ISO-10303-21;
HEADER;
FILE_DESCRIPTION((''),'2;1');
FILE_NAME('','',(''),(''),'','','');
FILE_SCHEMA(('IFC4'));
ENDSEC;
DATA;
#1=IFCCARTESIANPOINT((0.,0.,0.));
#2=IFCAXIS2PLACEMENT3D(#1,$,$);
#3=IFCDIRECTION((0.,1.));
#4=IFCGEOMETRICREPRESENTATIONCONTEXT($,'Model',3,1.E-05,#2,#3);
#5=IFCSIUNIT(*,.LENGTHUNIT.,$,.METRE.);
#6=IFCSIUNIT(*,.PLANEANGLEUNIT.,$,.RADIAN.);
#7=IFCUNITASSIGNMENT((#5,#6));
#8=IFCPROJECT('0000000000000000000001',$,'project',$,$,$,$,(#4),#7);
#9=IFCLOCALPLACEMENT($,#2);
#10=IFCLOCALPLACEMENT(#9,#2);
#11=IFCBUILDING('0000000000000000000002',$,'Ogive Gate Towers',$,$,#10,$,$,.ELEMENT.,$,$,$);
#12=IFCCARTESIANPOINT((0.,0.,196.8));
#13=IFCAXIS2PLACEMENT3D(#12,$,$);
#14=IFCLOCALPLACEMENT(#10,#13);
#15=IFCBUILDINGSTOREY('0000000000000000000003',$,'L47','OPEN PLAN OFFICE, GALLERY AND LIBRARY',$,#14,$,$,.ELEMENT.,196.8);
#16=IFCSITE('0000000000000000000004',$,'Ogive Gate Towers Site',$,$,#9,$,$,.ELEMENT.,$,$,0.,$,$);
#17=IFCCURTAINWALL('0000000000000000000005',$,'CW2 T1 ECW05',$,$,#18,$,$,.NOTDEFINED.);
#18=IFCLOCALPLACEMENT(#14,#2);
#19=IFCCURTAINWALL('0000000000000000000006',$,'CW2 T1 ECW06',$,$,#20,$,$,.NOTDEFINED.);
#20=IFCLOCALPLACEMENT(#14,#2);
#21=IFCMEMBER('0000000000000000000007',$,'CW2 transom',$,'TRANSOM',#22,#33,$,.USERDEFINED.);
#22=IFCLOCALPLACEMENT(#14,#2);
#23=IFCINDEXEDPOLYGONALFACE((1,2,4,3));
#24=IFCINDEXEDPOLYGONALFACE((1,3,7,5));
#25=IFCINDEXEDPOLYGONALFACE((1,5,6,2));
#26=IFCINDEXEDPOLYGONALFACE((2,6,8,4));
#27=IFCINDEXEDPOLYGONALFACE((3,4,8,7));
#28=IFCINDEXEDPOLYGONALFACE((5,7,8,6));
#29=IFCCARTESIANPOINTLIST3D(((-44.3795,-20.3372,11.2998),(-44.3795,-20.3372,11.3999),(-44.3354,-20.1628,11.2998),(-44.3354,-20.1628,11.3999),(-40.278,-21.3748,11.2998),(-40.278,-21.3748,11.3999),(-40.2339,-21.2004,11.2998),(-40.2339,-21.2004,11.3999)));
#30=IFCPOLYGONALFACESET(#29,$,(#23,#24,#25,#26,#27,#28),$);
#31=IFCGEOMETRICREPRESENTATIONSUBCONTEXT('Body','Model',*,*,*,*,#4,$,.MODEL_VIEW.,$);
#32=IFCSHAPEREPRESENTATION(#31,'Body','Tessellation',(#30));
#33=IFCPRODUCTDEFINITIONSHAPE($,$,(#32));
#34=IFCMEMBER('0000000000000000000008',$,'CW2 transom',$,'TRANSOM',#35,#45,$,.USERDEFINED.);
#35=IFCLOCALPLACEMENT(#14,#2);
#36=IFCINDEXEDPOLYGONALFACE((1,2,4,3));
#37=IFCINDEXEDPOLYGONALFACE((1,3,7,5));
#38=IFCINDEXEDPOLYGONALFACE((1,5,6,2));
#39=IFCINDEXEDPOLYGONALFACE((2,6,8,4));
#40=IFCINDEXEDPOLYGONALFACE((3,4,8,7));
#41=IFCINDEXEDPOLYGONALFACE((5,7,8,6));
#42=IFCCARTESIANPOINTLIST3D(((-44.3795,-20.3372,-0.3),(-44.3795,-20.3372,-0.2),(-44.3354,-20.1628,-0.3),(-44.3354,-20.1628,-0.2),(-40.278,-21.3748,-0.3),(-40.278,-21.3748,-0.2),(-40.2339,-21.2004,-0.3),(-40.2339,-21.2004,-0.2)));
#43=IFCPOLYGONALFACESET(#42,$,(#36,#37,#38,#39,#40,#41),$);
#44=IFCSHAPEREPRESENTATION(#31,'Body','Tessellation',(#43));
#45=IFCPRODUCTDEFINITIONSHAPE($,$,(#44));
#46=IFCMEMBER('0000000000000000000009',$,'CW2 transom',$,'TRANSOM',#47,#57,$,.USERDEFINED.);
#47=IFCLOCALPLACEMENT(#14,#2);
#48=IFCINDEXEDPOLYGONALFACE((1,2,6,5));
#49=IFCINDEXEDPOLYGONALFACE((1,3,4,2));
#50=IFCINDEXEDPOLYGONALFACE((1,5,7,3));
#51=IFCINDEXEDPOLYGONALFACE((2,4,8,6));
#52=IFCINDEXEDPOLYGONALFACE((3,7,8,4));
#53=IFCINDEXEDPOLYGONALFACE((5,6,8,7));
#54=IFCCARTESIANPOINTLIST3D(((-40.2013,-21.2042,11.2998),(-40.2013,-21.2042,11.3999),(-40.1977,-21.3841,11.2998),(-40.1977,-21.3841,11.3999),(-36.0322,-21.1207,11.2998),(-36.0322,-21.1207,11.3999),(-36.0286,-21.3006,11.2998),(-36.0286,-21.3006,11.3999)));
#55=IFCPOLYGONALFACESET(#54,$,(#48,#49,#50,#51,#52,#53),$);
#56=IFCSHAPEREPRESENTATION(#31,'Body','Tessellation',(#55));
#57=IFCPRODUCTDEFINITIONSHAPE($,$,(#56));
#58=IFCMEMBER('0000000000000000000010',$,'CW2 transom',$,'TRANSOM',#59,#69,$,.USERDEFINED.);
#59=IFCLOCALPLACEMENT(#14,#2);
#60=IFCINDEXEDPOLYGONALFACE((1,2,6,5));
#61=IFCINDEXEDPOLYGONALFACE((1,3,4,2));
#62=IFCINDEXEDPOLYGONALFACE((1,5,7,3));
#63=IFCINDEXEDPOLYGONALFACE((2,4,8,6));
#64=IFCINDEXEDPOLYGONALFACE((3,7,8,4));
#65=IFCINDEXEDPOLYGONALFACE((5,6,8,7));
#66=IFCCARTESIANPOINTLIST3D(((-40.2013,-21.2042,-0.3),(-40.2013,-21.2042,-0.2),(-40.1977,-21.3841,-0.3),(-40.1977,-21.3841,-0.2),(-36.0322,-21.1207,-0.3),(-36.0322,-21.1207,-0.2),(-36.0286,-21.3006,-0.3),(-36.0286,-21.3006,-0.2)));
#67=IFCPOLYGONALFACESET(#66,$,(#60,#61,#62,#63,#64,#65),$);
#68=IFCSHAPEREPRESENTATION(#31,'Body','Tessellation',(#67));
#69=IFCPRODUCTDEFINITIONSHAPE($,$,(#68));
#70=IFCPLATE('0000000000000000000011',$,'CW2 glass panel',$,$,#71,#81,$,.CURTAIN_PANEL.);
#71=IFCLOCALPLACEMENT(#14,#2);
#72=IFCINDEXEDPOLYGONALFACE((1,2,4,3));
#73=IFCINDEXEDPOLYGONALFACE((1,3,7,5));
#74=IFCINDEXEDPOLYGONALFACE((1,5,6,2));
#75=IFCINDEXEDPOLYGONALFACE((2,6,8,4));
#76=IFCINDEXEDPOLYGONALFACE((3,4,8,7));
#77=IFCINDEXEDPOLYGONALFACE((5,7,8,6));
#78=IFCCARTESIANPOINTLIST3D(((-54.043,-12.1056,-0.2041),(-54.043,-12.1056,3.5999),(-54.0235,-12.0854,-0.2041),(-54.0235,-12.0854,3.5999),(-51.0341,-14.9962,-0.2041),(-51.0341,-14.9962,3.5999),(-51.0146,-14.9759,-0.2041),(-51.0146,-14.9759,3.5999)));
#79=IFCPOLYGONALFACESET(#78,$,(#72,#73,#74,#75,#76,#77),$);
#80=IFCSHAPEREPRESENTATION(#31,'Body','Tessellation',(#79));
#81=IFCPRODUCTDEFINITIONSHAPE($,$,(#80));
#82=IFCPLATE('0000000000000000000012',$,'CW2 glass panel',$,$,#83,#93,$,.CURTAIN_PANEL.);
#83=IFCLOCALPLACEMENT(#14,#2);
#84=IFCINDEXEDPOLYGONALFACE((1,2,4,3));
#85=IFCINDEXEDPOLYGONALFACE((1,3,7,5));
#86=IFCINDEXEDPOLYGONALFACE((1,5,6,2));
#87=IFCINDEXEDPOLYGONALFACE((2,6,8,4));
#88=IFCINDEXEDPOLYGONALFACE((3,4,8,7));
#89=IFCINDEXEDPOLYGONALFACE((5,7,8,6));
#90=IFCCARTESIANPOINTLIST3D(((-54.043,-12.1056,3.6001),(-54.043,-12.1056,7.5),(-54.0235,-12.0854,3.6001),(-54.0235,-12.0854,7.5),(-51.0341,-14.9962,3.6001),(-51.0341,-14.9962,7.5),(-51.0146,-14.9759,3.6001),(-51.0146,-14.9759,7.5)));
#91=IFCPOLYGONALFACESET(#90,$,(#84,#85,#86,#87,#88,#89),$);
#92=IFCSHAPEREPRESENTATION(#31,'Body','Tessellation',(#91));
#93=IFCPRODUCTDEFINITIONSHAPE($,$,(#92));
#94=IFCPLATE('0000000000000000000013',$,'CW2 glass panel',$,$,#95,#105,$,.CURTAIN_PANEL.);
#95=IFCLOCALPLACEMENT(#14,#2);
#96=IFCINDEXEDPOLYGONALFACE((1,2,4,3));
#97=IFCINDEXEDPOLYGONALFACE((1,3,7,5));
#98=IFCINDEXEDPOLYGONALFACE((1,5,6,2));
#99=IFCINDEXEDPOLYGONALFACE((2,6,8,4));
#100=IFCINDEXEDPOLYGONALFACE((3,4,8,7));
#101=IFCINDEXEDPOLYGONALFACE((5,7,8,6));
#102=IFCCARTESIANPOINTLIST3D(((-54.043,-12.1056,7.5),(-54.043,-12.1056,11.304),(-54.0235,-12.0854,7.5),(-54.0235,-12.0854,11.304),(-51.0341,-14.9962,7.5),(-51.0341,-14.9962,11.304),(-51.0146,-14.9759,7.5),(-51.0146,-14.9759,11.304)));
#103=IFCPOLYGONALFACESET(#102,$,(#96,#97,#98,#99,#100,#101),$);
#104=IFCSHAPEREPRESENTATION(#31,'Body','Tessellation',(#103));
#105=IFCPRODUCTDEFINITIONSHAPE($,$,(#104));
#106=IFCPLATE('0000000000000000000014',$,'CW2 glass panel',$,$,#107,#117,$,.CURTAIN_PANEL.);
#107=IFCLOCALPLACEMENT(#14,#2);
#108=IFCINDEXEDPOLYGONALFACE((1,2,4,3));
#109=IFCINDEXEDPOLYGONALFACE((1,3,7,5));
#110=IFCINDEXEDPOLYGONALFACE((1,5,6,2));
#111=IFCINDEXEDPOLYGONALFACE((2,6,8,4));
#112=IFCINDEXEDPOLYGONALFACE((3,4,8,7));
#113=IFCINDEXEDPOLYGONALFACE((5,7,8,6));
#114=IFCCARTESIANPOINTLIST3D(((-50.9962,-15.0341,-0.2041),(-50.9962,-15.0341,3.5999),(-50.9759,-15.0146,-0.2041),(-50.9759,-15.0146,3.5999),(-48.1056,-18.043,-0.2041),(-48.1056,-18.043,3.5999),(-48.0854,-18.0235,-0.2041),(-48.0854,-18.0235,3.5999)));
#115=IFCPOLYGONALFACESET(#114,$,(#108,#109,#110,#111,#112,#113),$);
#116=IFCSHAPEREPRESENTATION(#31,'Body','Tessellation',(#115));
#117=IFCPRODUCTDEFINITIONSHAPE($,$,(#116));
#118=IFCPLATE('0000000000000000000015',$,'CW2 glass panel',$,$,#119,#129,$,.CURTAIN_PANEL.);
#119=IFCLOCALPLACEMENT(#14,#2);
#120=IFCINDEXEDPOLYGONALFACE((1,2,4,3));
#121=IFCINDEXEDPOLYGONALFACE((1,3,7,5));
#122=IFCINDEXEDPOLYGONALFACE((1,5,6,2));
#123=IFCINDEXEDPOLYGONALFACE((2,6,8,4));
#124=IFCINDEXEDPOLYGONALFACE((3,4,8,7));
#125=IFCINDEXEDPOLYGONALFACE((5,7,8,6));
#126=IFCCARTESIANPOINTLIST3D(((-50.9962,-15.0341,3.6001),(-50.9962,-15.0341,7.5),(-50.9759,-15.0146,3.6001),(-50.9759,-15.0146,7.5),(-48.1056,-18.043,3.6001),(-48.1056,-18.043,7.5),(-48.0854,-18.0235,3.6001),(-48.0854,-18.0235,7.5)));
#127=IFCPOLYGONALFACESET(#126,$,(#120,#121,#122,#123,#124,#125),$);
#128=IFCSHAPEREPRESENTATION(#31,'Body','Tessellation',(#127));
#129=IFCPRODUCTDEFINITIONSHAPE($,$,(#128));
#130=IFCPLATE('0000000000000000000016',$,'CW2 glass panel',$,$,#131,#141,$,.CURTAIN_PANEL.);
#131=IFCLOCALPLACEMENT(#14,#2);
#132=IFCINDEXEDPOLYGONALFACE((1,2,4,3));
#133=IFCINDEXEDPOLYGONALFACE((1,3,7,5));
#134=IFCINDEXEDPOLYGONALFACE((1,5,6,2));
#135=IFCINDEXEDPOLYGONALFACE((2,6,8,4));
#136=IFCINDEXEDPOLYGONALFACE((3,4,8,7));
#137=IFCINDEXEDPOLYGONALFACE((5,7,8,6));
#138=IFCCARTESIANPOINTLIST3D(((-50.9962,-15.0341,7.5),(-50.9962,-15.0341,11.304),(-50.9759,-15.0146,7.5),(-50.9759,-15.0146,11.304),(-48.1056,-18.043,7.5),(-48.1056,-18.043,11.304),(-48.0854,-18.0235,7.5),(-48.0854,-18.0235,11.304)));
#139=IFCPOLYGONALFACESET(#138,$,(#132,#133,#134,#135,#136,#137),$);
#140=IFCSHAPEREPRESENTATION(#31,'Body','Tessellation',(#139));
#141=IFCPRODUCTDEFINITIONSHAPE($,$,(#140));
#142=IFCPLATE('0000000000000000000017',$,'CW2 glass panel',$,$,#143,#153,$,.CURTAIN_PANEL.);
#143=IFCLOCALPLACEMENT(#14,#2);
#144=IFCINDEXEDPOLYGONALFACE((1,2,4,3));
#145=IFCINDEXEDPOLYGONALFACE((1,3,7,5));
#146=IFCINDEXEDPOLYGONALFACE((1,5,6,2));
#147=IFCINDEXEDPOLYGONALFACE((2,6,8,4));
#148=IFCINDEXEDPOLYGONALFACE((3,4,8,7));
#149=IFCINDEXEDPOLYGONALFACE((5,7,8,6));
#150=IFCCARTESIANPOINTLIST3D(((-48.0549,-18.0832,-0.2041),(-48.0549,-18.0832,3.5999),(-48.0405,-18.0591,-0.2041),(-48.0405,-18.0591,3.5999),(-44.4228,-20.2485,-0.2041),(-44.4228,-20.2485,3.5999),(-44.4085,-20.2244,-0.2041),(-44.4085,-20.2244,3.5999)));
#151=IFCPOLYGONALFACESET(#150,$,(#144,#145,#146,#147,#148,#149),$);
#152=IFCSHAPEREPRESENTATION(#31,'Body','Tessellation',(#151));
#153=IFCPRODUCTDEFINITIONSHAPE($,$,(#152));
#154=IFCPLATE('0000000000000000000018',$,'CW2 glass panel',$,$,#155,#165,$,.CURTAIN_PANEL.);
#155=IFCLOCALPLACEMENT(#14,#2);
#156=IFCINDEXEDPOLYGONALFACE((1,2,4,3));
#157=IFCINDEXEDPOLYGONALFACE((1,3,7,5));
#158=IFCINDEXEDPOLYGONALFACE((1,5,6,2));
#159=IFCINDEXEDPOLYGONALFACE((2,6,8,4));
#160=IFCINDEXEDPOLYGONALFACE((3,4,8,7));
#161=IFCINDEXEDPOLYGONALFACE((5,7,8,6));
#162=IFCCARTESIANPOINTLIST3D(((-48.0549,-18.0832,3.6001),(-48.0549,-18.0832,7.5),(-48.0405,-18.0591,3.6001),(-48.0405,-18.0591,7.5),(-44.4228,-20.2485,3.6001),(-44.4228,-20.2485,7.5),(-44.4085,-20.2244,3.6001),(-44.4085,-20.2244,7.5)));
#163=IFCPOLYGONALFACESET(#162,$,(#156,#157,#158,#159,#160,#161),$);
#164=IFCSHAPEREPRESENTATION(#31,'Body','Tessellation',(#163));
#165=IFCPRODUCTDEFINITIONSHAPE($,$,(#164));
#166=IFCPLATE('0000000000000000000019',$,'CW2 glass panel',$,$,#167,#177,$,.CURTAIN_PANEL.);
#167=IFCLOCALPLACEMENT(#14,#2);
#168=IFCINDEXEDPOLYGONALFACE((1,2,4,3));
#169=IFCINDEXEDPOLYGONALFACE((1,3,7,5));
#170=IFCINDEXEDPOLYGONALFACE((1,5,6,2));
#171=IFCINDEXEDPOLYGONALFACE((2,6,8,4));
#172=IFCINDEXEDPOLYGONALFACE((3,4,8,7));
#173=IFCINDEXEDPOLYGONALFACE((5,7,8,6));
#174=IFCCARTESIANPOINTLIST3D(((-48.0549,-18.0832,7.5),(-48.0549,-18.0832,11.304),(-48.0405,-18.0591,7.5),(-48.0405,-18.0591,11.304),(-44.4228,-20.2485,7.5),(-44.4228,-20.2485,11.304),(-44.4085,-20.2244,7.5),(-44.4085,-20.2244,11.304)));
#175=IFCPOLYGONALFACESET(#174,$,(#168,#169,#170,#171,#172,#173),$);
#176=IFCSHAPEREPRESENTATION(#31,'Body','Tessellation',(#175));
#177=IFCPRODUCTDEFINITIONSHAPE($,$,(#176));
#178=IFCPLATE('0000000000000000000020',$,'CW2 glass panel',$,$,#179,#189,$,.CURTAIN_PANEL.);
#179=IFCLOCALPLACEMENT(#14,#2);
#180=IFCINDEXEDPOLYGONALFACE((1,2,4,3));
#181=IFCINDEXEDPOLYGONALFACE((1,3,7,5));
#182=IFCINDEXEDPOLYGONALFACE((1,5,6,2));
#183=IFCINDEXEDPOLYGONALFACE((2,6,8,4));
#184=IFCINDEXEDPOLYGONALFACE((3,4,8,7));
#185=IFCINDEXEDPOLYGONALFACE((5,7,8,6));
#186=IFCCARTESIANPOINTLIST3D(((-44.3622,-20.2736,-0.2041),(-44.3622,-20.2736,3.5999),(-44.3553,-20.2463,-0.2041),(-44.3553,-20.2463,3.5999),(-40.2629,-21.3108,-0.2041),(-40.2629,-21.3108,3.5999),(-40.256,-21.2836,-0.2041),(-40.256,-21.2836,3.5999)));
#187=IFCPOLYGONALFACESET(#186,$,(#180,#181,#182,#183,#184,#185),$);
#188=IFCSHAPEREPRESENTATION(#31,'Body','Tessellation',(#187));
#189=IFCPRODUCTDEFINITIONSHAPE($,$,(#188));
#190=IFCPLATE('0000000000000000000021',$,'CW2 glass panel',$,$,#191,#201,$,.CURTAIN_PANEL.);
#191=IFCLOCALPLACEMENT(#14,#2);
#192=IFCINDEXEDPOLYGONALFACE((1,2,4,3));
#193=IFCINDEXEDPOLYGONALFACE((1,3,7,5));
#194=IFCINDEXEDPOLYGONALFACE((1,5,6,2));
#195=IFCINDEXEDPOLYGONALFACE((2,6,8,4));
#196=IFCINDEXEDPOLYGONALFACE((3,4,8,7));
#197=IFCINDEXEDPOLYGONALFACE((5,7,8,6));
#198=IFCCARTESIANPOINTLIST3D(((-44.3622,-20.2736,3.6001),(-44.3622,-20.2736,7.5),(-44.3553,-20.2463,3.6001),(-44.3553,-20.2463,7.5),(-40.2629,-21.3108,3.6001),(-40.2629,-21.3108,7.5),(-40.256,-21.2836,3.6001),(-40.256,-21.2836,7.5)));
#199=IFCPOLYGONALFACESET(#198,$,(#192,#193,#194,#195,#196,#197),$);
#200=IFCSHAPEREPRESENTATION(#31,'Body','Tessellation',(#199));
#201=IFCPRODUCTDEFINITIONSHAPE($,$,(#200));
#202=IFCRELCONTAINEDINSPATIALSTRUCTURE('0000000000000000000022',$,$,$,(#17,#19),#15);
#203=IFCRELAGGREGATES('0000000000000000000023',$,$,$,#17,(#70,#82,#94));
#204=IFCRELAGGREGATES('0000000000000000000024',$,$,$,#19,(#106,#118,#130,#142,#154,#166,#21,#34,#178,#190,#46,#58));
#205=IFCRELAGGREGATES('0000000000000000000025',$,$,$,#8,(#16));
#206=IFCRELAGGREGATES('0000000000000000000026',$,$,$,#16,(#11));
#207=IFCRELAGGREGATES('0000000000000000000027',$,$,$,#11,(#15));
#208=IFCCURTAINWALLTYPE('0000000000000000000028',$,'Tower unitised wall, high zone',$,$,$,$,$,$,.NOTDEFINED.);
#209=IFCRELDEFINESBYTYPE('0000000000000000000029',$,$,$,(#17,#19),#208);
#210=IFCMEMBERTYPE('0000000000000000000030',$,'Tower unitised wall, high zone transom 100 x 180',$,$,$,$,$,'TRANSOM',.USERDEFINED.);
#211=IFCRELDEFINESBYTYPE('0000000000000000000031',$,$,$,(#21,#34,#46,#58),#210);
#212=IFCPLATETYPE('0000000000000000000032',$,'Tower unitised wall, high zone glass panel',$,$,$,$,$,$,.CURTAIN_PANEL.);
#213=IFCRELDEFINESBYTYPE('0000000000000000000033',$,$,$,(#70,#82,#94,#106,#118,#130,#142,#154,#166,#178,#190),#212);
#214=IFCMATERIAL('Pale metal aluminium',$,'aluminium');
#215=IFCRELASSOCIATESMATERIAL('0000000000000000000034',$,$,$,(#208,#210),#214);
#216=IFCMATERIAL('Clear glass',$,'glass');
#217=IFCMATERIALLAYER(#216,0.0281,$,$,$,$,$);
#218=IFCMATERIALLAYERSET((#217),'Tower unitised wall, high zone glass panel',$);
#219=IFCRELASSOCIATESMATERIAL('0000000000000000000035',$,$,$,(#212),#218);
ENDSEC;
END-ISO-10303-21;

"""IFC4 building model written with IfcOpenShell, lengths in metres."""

from ifc_helpers import new_model, si_unit, direction, frame, origin, origin_2d, place, context, subcontext, project, spatial, rectangle, extrude, material, layer, layer_set, material_profile, profile_set, type_object, element, aggregate, save


model = new_model("IFC4")

# Units and contexts
model_context = context("Model", 3, precision=1e-05, world=origin(), true_north=direction((0.0, 1.0)))
body_context = subcontext(model_context, "Body", "Model", "MODEL_VIEW")
ifc_project = project(units=[si_unit("LENGTHUNIT", "METRE"), si_unit("PLANEANGLEUNIT", "RADIAN")], contexts=[model_context])

# Site, building, storey
site_placement = place(None, origin())
site = spatial("IfcSite", under=ifc_project, at=site_placement, Name="Ogive Gate Towers Site", CompositionType="ELEMENT", RefElevation=0.0)
building_placement = place(site_placement, origin())
building = spatial("IfcBuilding", under=site, at=building_placement, Name="Ogive Gate Towers", CompositionType="ELEMENT")
storey_placement = place(building_placement, frame((0.0, 0.0, 196.8)))
storey = spatial("IfcBuildingStorey", under=building, at=storey_placement, Name="L47", Description="OPEN PLAN OFFICE, GALLERY AND LIBRARY", CompositionType="ELEMENT", Elevation=196.8)

# Curtain walls
ifc_material_1 = material(Name="Pale metal aluminium", Category="aluminium")
curtain_wall_type = type_object("IfcCurtainWallType", Name="Tower unitised wall, high zone", PredefinedType="NOTDEFINED", material=ifc_material_1)
curtain_wall_1_placement = place(storey_placement, origin())
curtain_wall_1 = element("IfcCurtainWall", 1, at=curtain_wall_1_placement, inside=storey, type_object=curtain_wall_type, Name="CW2 T1 ECW05", PredefinedType="NOTDEFINED")
curtain_wall_2_placement = place(storey_placement, origin())
curtain_wall_2 = element("IfcCurtainWall", 2, at=curtain_wall_2_placement, inside=storey, type_object=curtain_wall_type, Name="CW2 T1 ECW06", PredefinedType="NOTDEFINED")

# Members
ifc_material_profile_1 = material_profile(ifc_material_1, rectangle(XDim=0.1799, YDim=0.1001, at=origin_2d()), Name="100 x 180 aluminium box")
ifc_profile_set_1 = profile_set([ifc_material_profile_1], Name="Pale metal aluminium")
member_type_1 = type_object("IfcMemberType", Name="Tower unitised wall, high zone transom 100 x 180", ElementType="TRANSOM", PredefinedType="USERDEFINED", material=ifc_profile_set_1)
member_1_placement = place(storey_placement, frame((-44.3574, -20.25, 11.3499), z_axis=(0.96946, -0.24525, 0.0), x_axis=(0.24525, 0.96946, 0.0)))
member_1 = element("IfcMember", 3, at=member_1_placement, type_object=member_type_1, Name="CW2 transom", ObjectType="TRANSOM", PredefinedType="USERDEFINED", context=body_context, shape_type="SweptSolid", body=[
    extrude(rectangle(XDim=0.1799, YDim=0.1001, at=origin_2d()), origin(), (0.0, 0.0, 1.0), 4.2307),
])
member_2_placement = place(storey_placement, frame((-44.3574, -20.25, -0.25), z_axis=(0.96946, -0.24525, 0.0), x_axis=(0.24525, 0.96946, 0.0)))
member_2 = element("IfcMember", 4, at=member_2_placement, type_object=member_type_1, Name="CW2 transom", ObjectType="TRANSOM", PredefinedType="USERDEFINED", context=body_context, shape_type="SweptSolid", body=[
    extrude(rectangle(XDim=0.1799, YDim=0.1001, at=origin_2d()), origin(), (0.0, 0.0, 1.0), 4.2307),
])
member_3_placement = place(storey_placement, frame((-40.1995, -21.2942, 11.3499), z_axis=(0.9998, 0.020023, 0.0), x_axis=(-0.020023, 0.9998, 0.0)))
member_3 = element("IfcMember", 5, at=member_3_placement, type_object=member_type_1, Name="CW2 transom", ObjectType="TRANSOM", PredefinedType="USERDEFINED", context=body_context, shape_type="SweptSolid", body=[
    extrude(rectangle(XDim=0.1799, YDim=0.1001, at=origin_2d()), origin(), (0.0, 0.0, 1.0), 4.1699),
])
member_4_placement = place(storey_placement, frame((-40.1995, -21.2942, -0.25), z_axis=(0.9998, 0.020023, 0.0), x_axis=(-0.020023, 0.9998, 0.0)))
member_4 = element("IfcMember", 6, at=member_4_placement, type_object=member_type_1, Name="CW2 transom", ObjectType="TRANSOM", PredefinedType="USERDEFINED", context=body_context, shape_type="SweptSolid", body=[
    extrude(rectangle(XDim=0.1799, YDim=0.1001, at=origin_2d()), origin(), (0.0, 0.0, 1.0), 4.1699),
])

# Plates
ifc_material_2 = material(Name="Clear glass", Category="glass")
ifc_layer_1 = layer(ifc_material_2, 0.0281)
ifc_layer_set_1 = layer_set([ifc_layer_1], Name="Tower unitised wall, high zone glass panel")
plate_type = type_object("IfcPlateType", Name="Tower unitised wall, high zone glass panel", PredefinedType="CURTAIN_PANEL", material=ifc_layer_set_1)
plate_1_placement = place(storey_placement, frame((-52.5288, -13.5408, -0.2041), z_axis=(0.0, 0.0, 1.0), x_axis=(0.721144, -0.692785, 0.0)))
plate_1 = element("IfcPlate", 7, at=plate_1_placement, type_object=plate_type, Name="CW2 glass panel", PredefinedType="CURTAIN_PANEL", context=body_context, shape_type="SweptSolid", body=[
    extrude(rectangle(XDim=4.1724, YDim=0.0281, at=origin_2d()), origin(), (0.0, 0.0, 1.0), 3.804),
])
plate_2_placement = place(storey_placement, frame((-52.5288, -13.5408, 3.6001), z_axis=(0.0, 0.0, 1.0), x_axis=(0.721144, -0.692785, 0.0)))
plate_2 = element("IfcPlate", 8, at=plate_2_placement, type_object=plate_type, Name="CW2 glass panel", PredefinedType="CURTAIN_PANEL", context=body_context, shape_type="SweptSolid", body=[
    extrude(rectangle(XDim=4.1724, YDim=0.0281, at=origin_2d()), origin(), (0.0, 0.0, 1.0), 3.8999),
])
plate_3_placement = place(storey_placement, frame((-52.5288, -13.5408, 7.5), z_axis=(0.0, 0.0, 1.0), x_axis=(0.721144, -0.692785, 0.0)))
plate_3 = element("IfcPlate", 9, at=plate_3_placement, type_object=plate_type, Name="CW2 glass panel", PredefinedType="CURTAIN_PANEL", context=body_context, shape_type="SweptSolid", body=[
    extrude(rectangle(XDim=4.1724, YDim=0.0281, at=origin_2d()), origin(), (0.0, 0.0, 1.0), 3.804),
])
aggregate(curtain_wall_1, [plate_1, plate_2, plate_3])
plate_4_placement = place(storey_placement, frame((-49.5408, -16.5288, -0.2041), z_axis=(0.0, 0.0, 1.0), x_axis=(0.692785, -0.721144, 0.0)))
plate_4 = element("IfcPlate", 10, at=plate_4_placement, type_object=plate_type, Name="CW2 glass panel", PredefinedType="CURTAIN_PANEL", context=body_context, shape_type="SweptSolid", body=[
    extrude(rectangle(XDim=4.1724, YDim=0.0281, at=origin_2d()), origin(), (0.0, 0.0, 1.0), 3.804),
])
plate_5_placement = place(storey_placement, frame((-49.5408, -16.5288, 3.6001), z_axis=(0.0, 0.0, 1.0), x_axis=(0.692785, -0.721144, 0.0)))
plate_5 = element("IfcPlate", 11, at=plate_5_placement, type_object=plate_type, Name="CW2 glass panel", PredefinedType="CURTAIN_PANEL", context=body_context, shape_type="SweptSolid", body=[
    extrude(rectangle(XDim=4.1724, YDim=0.0281, at=origin_2d()), origin(), (0.0, 0.0, 1.0), 3.8999),
])
plate_6_placement = place(storey_placement, frame((-49.5408, -16.5288, 7.5), z_axis=(0.0, 0.0, 1.0), x_axis=(0.692785, -0.721144, 0.0)))
plate_6 = element("IfcPlate", 12, at=plate_6_placement, type_object=plate_type, Name="CW2 glass panel", PredefinedType="CURTAIN_PANEL", context=body_context, shape_type="SweptSolid", body=[
    extrude(rectangle(XDim=4.1724, YDim=0.0281, at=origin_2d()), origin(), (0.0, 0.0, 1.0), 3.804),
])
plate_7_placement = place(storey_placement, frame((-46.2317, -19.1538, -0.2041), z_axis=(0.0, 0.0, 1.0), x_axis=(0.858951, -0.512058, 0.0)))
plate_7 = element("IfcPlate", 13, at=plate_7_placement, type_object=plate_type, Name="CW2 glass panel", PredefinedType="CURTAIN_PANEL", context=body_context, shape_type="SweptSolid", body=[
    extrude(rectangle(XDim=4.2285, YDim=0.0281, at=origin_2d()), origin(), (0.0, 0.0, 1.0), 3.804),
])
plate_8_placement = place(storey_placement, frame((-46.2317, -19.1538, 3.6001), z_axis=(0.0, 0.0, 1.0), x_axis=(0.858951, -0.512058, 0.0)))
plate_8 = element("IfcPlate", 14, at=plate_8_placement, type_object=plate_type, Name="CW2 glass panel", PredefinedType="CURTAIN_PANEL", context=body_context, shape_type="SweptSolid", body=[
    extrude(rectangle(XDim=4.2285, YDim=0.0281, at=origin_2d()), origin(), (0.0, 0.0, 1.0), 3.8999),
])
plate_9_placement = place(storey_placement, frame((-46.2317, -19.1538, 7.5), z_axis=(0.0, 0.0, 1.0), x_axis=(0.858951, -0.512058, 0.0)))
plate_9 = element("IfcPlate", 15, at=plate_9_placement, type_object=plate_type, Name="CW2 glass panel", PredefinedType="CURTAIN_PANEL", context=body_context, shape_type="SweptSolid", body=[
    extrude(rectangle(XDim=4.2285, YDim=0.0281, at=origin_2d()), origin(), (0.0, 0.0, 1.0), 3.804),
])
plate_10_placement = place(storey_placement, frame((-42.3091, -20.7786, -0.2041), z_axis=(0.0, 0.0, 1.0), x_axis=(0.96945, -0.24529, 0.0)))
plate_10 = element("IfcPlate", 16, at=plate_10_placement, type_object=plate_type, Name="CW2 glass panel", PredefinedType="CURTAIN_PANEL", context=body_context, shape_type="SweptSolid", body=[
    extrude(rectangle(XDim=4.2285, YDim=0.0281, at=origin_2d()), origin(), (0.0, 0.0, 1.0), 3.804),
])
plate_11_placement = place(storey_placement, frame((-42.3091, -20.7786, 3.6001), z_axis=(0.0, 0.0, 1.0), x_axis=(0.96945, -0.24529, 0.0)))
plate_11 = element("IfcPlate", 17, at=plate_11_placement, type_object=plate_type, Name="CW2 glass panel", PredefinedType="CURTAIN_PANEL", context=body_context, shape_type="SweptSolid", body=[
    extrude(rectangle(XDim=4.2285, YDim=0.0281, at=origin_2d()), origin(), (0.0, 0.0, 1.0), 3.8999),
])
aggregate(curtain_wall_2, [plate_4, plate_5, plate_6, plate_7, plate_8, plate_9, member_1, member_2, plate_10, plate_11, member_3, member_4])

save(model, "model.ifc")
